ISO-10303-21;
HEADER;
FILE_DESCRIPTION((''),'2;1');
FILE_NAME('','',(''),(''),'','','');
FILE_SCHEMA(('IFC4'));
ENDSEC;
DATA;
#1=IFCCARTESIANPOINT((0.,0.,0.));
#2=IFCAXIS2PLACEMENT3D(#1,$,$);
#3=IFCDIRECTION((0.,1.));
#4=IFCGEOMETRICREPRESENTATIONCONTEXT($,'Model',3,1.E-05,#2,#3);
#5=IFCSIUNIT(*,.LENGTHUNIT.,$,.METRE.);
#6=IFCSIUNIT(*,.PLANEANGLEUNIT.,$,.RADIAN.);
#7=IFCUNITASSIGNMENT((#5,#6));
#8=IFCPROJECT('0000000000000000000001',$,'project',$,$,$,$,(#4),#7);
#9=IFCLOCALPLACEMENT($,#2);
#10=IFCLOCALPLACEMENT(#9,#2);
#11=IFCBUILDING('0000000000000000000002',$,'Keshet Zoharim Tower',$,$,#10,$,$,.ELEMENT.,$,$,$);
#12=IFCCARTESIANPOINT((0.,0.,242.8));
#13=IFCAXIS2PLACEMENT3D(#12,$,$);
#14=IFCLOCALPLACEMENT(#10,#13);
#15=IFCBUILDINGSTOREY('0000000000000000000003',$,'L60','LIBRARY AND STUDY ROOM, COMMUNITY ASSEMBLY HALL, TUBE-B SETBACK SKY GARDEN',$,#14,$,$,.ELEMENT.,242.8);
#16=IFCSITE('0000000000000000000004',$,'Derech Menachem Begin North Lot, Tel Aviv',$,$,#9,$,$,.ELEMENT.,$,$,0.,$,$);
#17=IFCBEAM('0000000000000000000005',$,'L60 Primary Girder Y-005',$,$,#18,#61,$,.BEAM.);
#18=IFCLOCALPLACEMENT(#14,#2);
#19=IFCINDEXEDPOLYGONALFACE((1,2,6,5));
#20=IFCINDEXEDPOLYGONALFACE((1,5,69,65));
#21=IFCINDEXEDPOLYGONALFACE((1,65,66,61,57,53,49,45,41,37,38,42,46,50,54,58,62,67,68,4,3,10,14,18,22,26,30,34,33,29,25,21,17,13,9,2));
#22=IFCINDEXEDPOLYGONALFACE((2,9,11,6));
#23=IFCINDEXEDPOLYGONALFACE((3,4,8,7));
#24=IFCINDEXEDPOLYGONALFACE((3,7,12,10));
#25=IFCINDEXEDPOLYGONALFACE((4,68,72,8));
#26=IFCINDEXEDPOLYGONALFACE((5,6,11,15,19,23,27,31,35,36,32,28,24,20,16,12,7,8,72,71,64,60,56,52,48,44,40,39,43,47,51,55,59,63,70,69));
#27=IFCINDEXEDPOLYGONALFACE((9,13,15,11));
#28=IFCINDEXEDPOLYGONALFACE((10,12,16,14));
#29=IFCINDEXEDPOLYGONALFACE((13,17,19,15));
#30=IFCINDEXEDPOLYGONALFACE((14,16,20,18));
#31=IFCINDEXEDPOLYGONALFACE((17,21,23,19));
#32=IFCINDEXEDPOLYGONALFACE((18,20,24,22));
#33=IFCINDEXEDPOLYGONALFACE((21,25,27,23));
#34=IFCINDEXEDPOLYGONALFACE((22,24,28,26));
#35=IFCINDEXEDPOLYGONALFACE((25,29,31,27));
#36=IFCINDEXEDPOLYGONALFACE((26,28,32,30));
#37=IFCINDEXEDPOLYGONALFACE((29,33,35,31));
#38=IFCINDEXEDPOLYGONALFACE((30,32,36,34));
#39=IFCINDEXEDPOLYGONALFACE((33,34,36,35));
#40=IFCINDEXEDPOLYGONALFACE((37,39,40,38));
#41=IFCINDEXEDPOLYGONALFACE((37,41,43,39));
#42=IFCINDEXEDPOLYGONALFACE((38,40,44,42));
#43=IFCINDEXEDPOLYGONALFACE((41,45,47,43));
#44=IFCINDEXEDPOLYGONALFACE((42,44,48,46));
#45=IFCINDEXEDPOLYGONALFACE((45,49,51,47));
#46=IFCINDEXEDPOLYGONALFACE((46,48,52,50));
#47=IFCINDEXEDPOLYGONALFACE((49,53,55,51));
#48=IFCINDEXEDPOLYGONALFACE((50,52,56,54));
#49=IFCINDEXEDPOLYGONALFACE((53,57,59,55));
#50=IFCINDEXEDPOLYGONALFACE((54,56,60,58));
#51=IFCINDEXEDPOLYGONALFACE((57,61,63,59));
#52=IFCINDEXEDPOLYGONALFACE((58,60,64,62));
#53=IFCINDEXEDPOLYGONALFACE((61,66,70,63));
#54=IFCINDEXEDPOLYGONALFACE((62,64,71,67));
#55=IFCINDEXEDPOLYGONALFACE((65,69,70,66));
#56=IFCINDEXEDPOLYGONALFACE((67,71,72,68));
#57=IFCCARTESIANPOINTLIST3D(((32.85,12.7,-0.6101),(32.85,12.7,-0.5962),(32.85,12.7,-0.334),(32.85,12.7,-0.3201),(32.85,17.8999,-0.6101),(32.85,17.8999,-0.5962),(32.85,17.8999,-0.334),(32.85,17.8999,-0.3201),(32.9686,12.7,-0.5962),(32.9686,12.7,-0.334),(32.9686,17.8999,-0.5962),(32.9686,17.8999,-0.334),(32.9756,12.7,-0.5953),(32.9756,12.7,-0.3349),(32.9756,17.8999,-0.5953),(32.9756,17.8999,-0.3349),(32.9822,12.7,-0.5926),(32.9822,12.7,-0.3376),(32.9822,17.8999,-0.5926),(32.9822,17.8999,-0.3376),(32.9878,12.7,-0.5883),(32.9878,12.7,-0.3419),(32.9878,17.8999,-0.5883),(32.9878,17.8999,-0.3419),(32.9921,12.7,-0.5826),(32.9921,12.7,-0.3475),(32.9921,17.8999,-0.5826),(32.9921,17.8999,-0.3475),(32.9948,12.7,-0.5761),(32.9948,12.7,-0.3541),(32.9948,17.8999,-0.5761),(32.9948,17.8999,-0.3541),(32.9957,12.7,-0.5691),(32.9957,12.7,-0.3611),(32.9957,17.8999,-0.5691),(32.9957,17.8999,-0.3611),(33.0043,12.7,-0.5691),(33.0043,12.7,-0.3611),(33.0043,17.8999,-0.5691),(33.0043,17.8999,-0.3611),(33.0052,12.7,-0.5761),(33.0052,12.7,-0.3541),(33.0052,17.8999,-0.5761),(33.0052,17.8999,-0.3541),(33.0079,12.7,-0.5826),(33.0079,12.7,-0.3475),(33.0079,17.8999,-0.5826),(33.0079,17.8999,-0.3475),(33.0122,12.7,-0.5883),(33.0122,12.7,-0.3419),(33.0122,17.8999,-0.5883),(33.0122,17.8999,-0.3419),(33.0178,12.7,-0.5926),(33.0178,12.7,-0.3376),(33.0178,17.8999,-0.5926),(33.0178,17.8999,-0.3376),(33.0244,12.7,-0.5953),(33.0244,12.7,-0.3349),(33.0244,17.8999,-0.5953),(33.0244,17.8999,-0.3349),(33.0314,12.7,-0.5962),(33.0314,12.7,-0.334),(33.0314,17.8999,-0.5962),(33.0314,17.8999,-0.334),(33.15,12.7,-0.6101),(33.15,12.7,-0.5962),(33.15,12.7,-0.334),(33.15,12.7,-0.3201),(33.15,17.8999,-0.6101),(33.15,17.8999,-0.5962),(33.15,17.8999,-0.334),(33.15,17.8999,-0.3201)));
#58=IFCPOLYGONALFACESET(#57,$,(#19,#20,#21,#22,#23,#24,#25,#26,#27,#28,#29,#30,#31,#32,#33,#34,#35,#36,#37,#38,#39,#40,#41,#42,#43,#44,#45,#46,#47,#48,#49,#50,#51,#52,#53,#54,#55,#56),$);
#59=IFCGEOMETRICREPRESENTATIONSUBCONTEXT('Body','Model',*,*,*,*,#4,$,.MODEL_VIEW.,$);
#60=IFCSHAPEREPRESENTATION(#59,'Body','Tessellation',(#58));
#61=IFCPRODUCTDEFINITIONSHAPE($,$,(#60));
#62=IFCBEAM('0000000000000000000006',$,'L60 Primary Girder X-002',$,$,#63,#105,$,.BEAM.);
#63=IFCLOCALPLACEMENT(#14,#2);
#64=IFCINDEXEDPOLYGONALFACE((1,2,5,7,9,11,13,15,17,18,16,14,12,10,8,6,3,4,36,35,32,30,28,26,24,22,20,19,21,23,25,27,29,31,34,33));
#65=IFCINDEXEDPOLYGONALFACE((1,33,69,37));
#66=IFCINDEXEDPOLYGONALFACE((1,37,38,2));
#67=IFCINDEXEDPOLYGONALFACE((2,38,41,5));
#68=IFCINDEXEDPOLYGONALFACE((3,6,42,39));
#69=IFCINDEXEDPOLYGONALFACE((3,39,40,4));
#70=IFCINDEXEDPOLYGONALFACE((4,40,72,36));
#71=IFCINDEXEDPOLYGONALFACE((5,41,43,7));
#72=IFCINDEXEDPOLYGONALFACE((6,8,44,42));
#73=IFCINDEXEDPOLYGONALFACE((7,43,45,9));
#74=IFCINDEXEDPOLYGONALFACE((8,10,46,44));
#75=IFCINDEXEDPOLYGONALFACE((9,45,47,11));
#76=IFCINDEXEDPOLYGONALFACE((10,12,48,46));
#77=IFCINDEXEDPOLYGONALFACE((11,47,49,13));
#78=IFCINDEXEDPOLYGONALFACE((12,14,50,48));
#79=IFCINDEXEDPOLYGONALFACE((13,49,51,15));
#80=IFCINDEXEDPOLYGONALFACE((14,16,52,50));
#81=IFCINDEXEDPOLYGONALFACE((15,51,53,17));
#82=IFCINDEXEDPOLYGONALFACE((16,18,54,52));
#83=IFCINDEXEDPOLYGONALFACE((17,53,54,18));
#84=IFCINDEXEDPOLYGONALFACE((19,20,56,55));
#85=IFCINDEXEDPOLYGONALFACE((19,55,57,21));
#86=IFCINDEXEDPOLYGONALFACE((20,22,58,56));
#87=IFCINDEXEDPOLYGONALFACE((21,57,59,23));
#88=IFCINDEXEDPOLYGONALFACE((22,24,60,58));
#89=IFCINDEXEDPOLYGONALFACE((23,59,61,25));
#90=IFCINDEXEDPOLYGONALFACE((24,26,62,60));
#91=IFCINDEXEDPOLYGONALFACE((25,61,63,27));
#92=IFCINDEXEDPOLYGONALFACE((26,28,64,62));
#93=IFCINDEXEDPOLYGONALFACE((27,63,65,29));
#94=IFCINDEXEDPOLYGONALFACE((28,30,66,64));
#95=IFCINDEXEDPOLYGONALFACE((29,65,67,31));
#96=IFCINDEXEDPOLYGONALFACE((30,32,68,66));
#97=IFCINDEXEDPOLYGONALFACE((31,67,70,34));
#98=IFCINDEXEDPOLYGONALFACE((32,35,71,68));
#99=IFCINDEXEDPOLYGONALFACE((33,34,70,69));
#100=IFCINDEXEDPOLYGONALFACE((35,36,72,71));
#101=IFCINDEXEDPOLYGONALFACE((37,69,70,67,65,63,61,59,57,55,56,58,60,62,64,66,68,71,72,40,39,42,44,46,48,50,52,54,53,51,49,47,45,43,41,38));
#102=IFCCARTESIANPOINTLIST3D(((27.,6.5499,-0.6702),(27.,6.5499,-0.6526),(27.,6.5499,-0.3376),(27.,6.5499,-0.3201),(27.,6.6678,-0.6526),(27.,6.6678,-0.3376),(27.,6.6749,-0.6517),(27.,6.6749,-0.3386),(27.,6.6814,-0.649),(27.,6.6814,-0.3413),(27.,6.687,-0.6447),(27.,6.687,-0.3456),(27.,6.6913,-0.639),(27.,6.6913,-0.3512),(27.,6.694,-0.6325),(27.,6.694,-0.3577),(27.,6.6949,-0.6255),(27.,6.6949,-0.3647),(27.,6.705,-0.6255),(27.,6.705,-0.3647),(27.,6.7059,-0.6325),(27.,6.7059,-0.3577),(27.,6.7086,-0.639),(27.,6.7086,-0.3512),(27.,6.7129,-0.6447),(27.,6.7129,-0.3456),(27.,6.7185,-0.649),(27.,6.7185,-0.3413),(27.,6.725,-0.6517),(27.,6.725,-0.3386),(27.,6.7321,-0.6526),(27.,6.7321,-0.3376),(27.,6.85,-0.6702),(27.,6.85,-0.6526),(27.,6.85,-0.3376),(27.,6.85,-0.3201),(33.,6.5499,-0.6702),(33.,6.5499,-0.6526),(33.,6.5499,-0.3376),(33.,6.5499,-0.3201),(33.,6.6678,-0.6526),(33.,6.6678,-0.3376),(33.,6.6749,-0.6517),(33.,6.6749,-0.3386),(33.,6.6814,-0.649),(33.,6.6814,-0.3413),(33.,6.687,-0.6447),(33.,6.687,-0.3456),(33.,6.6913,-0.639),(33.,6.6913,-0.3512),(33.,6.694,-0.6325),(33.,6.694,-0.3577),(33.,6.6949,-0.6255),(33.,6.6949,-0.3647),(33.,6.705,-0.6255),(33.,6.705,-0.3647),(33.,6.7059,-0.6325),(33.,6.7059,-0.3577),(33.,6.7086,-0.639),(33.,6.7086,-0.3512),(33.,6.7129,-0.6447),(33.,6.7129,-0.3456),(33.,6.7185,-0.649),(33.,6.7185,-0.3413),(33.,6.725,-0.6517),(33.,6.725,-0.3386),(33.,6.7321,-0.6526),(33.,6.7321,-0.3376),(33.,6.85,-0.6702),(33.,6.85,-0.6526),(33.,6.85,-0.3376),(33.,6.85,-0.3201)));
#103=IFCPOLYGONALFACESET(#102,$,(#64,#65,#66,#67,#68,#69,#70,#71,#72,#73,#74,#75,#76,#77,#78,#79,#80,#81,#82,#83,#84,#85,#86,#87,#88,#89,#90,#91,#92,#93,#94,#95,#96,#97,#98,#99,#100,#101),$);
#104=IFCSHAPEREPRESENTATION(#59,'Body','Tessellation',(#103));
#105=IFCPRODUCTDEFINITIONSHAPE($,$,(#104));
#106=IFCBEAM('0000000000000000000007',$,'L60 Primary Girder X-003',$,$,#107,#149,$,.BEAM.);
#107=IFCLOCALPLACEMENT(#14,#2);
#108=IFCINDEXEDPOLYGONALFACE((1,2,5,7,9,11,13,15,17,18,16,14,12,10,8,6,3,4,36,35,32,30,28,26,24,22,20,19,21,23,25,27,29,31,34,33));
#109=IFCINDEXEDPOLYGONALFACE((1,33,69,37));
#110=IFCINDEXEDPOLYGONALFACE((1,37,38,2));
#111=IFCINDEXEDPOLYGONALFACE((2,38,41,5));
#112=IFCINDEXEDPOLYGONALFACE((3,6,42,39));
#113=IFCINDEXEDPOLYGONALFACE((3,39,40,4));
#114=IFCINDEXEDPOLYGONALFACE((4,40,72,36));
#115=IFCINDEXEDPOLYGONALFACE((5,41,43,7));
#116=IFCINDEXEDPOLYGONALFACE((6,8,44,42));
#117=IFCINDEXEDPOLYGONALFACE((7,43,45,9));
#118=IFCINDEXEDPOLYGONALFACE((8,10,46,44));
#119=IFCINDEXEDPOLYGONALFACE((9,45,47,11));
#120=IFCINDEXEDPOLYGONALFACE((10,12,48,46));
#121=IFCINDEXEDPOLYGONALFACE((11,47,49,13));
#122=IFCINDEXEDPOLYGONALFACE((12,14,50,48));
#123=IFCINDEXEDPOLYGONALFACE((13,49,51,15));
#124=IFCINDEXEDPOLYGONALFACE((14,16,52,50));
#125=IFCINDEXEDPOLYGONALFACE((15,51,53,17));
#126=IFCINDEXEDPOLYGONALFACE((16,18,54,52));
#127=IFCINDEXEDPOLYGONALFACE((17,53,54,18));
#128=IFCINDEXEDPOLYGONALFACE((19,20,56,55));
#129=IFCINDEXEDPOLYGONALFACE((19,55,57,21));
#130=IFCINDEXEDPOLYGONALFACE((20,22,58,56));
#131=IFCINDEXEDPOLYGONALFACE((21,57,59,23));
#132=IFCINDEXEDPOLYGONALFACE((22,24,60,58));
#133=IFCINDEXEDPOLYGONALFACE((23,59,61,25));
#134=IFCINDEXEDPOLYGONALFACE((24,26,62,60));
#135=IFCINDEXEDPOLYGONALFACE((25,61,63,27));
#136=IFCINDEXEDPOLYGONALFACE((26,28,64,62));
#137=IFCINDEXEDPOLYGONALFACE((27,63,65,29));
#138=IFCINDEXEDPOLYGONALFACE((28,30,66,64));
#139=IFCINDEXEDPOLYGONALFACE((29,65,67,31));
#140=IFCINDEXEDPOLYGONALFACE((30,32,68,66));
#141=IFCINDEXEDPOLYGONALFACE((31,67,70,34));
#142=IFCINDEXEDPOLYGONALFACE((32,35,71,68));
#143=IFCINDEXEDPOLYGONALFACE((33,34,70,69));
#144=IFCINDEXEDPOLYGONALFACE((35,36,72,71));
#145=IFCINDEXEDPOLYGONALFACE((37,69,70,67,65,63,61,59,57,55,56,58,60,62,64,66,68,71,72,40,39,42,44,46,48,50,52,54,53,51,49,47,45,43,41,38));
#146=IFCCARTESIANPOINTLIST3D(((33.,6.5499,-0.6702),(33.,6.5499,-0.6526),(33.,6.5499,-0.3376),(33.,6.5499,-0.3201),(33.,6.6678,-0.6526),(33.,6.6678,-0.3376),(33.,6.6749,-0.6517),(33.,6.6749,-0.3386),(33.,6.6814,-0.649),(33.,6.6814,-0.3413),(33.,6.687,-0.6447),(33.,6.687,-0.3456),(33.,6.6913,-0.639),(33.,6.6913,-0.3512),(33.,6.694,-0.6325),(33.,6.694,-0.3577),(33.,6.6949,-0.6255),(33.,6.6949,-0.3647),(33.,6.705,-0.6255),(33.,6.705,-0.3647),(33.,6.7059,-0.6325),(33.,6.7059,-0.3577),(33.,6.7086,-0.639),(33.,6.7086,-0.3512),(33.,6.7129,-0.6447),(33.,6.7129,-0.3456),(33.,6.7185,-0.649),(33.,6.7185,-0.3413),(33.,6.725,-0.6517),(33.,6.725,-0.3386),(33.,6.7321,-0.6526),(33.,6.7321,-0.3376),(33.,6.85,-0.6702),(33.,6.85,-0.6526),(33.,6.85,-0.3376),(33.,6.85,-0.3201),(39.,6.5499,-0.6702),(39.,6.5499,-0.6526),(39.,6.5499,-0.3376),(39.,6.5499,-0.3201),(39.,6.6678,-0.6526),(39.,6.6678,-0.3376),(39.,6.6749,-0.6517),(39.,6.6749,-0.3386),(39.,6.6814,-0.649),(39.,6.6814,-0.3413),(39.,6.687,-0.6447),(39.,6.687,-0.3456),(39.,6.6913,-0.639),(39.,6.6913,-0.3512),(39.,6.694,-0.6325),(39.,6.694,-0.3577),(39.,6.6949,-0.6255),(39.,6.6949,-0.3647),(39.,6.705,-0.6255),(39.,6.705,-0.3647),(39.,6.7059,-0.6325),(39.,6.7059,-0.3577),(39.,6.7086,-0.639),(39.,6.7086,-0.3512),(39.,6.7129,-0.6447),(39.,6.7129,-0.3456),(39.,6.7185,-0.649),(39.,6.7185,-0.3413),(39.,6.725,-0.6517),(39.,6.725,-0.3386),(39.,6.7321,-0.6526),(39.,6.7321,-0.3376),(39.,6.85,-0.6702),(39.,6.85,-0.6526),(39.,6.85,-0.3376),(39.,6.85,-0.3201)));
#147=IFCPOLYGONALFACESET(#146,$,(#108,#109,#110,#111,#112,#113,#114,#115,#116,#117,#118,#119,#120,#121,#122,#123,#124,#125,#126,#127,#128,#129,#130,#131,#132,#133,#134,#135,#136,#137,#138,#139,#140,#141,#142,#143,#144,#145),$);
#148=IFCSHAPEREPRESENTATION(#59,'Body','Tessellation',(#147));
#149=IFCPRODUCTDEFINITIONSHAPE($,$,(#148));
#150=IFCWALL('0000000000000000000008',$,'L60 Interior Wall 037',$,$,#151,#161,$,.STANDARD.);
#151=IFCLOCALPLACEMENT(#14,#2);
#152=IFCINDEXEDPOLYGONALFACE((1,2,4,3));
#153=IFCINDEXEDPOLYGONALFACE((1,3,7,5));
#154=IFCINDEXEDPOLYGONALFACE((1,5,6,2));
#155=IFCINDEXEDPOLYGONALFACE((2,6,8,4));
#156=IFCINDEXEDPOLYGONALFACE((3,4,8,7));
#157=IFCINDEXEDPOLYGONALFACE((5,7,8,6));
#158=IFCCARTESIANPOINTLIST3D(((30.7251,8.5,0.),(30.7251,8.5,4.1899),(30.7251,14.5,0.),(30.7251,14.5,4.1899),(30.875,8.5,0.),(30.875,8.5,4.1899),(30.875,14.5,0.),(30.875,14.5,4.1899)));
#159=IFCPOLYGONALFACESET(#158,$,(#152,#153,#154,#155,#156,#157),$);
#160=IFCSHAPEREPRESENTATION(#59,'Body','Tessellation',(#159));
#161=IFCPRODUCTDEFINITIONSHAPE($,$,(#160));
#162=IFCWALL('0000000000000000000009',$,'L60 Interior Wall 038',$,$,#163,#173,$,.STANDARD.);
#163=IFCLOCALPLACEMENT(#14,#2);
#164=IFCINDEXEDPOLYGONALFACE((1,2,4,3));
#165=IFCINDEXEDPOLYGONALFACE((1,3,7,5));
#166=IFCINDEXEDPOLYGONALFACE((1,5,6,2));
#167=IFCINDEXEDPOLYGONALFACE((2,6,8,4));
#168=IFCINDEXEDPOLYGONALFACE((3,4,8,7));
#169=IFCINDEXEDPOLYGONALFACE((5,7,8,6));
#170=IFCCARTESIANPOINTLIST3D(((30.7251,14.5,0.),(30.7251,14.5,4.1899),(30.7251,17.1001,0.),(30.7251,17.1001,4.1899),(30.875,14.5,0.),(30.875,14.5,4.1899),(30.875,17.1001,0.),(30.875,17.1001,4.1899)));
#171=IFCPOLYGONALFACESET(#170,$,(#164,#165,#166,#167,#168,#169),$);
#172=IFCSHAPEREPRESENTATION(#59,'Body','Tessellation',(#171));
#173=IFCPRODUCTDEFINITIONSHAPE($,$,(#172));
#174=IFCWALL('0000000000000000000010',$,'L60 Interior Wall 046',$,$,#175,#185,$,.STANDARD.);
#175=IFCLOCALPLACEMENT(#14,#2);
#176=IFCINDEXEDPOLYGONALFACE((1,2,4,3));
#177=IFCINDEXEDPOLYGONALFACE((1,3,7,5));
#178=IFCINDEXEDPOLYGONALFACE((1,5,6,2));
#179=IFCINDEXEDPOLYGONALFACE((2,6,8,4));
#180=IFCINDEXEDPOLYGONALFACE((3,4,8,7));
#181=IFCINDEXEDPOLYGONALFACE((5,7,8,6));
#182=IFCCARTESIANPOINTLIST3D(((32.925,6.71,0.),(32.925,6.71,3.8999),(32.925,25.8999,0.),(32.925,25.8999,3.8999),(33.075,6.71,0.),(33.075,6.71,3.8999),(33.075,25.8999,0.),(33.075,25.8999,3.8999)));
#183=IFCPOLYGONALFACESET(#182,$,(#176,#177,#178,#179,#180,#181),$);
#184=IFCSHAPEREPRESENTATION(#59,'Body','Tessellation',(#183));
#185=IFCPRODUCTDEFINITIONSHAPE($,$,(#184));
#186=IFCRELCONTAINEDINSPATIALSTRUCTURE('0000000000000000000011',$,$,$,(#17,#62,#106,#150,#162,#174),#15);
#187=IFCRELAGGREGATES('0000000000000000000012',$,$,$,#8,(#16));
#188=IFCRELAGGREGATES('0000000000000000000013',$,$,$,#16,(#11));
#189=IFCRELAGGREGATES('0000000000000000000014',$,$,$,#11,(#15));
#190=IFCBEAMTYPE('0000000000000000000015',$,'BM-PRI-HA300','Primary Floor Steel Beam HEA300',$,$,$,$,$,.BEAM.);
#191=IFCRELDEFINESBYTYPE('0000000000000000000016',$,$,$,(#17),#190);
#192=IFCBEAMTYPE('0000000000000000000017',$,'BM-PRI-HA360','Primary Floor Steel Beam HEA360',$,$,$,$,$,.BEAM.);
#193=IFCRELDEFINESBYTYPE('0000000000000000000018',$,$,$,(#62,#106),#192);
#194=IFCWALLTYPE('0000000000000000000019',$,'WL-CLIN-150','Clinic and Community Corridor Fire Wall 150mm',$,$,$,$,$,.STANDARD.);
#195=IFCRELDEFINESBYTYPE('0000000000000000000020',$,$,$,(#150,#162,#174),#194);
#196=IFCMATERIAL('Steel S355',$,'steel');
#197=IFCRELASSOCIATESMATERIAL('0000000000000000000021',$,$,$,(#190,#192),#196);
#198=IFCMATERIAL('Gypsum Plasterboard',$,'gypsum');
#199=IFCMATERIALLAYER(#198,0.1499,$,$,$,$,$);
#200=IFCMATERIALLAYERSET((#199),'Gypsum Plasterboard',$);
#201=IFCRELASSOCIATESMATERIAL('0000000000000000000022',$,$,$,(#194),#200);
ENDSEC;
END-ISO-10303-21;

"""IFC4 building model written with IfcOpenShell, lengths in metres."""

from ifc_helpers import new_model, si_unit, direction, frame, frame_2d, origin, origin_2d, place, context, subcontext, project, spatial, rectangle, i_section, extrude, material, layer, layer_set, material_profile, profile_set, type_object, element, save


model = new_model("IFC4")

# Units and contexts
model_context = context("Model", 3, precision=1e-05, world=origin(), true_north=direction((0.0, 1.0)))
body_context = subcontext(model_context, "Body", "Model", "MODEL_VIEW")
ifc_project = project(units=[si_unit("LENGTHUNIT", "METRE"), si_unit("PLANEANGLEUNIT", "RADIAN")], contexts=[model_context])

# Site, building, storey
site_placement = place(None, origin())
site = spatial("IfcSite", under=ifc_project, at=site_placement, Name="Derech Menachem Begin North Lot, Tel Aviv", CompositionType="ELEMENT", RefElevation=0.0)
building_placement = place(site_placement, origin())
building = spatial("IfcBuilding", under=site, at=building_placement, Name="Keshet Zoharim Tower", CompositionType="ELEMENT")
storey_placement = place(building_placement, frame((0.0, 0.0, 242.8)))
storey = spatial("IfcBuildingStorey", under=building, at=storey_placement, Name="L60", Description="LIBRARY AND STUDY ROOM, COMMUNITY ASSEMBLY HALL, TUBE-B SETBACK SKY GARDEN", CompositionType="ELEMENT", Elevation=242.8)

# Shared definitions
ifc_material_1 = material(Name="Steel S355", Category="steel")

# Beams
ifc_material_profile_1 = material_profile(ifc_material_1, i_section(OverallWidth=0.3, OverallDepth=0.29, WebThickness=0.0085, FlangeThickness=0.0139, FilletRadius=0.0271, at=origin_2d()), Name="HEA300")
ifc_profile_set_1 = profile_set([ifc_material_profile_1], Name="Steel S355")
beam_type_1 = type_object("IfcBeamType", Name="BM-PRI-HA300", Description="Primary Floor Steel Beam HEA300", PredefinedType="BEAM", material=ifc_profile_set_1)
beam_1_placement = place(storey_placement, frame((33.0, 12.7, -0.4651), z_axis=(0.0, 1.0, 0.0), x_axis=(-1.0, 0.0, 0.0)))
element("IfcBeam", 1, at=beam_1_placement, inside=storey, type_object=beam_type_1, Name="L60 Primary Girder Y-005", PredefinedType="BEAM", context=body_context, shape_type="SweptSolid", body=[
    extrude(i_section(OverallWidth=0.3, OverallDepth=0.29, WebThickness=0.0085, FlangeThickness=0.0139, FilletRadius=0.0271, at=origin_2d()), origin(), (0.0, 0.0, 1.0), 5.2),
])
ifc_material_profile_2 = material_profile(ifc_material_1, i_section(OverallWidth=0.3, OverallDepth=0.3501, WebThickness=0.01, FlangeThickness=0.0176, FilletRadius=0.0271, at=origin_2d()), Name="HEA360")
ifc_profile_set_2 = profile_set([ifc_material_profile_2], Name="Steel S355")
beam_type_2 = type_object("IfcBeamType", Name="BM-PRI-HA360", Description="Primary Floor Steel Beam HEA360", PredefinedType="BEAM", material=ifc_profile_set_2)
for number, where, z_axis, x_axis, name in (
    (2, (27.0, 6.7, -0.4951), (1.0, 0.0, 0.0), (0.0, 1.0, 0.0), "L60 Primary Girder X-002"),
    (3, (33.0, 6.7, -0.4951), (1.0, 0.0, 0.0), (0.0, 1.0, 0.0), "L60 Primary Girder X-003"),
):
    element("IfcBeam", number, at=place(storey_placement, frame(where, z_axis=z_axis, x_axis=x_axis)), inside=storey, type_object=beam_type_2, Name=name, PredefinedType="BEAM", context=body_context, shape_type="SweptSolid", body=[
        extrude(i_section(OverallWidth=0.3, OverallDepth=0.3501, WebThickness=0.01, FlangeThickness=0.0176, FilletRadius=0.0271, at=origin_2d()), origin(), (0.0, 0.0, 1.0), 6.0),
    ])

# Walls
ifc_material_2 = material(Name="Gypsum Plasterboard", Category="gypsum")
ifc_layer_1 = layer(ifc_material_2, 0.1499)
ifc_layer_set_1 = layer_set([ifc_layer_1], Name="Gypsum Plasterboard")
wall_type_1 = type_object("IfcWallType", Name="WL-CLIN-150", Description="Clinic and Community Corridor Fire Wall 150mm", PredefinedType="STANDARD", material=ifc_layer_set_1)
wall_1_placement = place(storey_placement, frame((30.8, 8.5, 0.0), z_axis=(0.0, 0.0, 1.0), x_axis=(0.0, 1.0, 0.0)))
element("IfcWall", 4, at=wall_1_placement, inside=storey, type_object=wall_type_1, Name="L60 Interior Wall 037", PredefinedType="STANDARD", context=body_context, shape_type="SweptSolid", body=[
    extrude(rectangle(XDim=6.0, YDim=0.1499, at=frame_2d((3.0, 0.0))), origin(), (0.0, 0.0, 1.0), 4.1899),
])
wall_2_placement = place(storey_placement, frame((30.8, 14.5, 0.0), z_axis=(0.0, 0.0, 1.0), x_axis=(0.0, 1.0, 0.0)))
element("IfcWall", 5, at=wall_2_placement, inside=storey, type_object=wall_type_1, Name="L60 Interior Wall 038", PredefinedType="STANDARD", context=body_context, shape_type="SweptSolid", body=[
    extrude(rectangle(XDim=2.6001, YDim=0.1499, at=frame_2d((1.3, 0.0))), origin(), (0.0, 0.0, 1.0), 4.1899),
])
wall_3_placement = place(storey_placement, frame((33.0, 6.71, 0.0), z_axis=(0.0, 0.0, 1.0), x_axis=(0.0, 1.0, 0.0)))
element("IfcWall", 6, at=wall_3_placement, inside=storey, type_object=wall_type_1, Name="L60 Interior Wall 046", PredefinedType="STANDARD", context=body_context, shape_type="SweptSolid", body=[
    extrude(rectangle(XDim=19.1899, YDim=0.1499, at=frame_2d((9.595, 0.0))), origin(), (0.0, 0.0, 1.0), 3.8999),
])

save(model, "model.ifc")
